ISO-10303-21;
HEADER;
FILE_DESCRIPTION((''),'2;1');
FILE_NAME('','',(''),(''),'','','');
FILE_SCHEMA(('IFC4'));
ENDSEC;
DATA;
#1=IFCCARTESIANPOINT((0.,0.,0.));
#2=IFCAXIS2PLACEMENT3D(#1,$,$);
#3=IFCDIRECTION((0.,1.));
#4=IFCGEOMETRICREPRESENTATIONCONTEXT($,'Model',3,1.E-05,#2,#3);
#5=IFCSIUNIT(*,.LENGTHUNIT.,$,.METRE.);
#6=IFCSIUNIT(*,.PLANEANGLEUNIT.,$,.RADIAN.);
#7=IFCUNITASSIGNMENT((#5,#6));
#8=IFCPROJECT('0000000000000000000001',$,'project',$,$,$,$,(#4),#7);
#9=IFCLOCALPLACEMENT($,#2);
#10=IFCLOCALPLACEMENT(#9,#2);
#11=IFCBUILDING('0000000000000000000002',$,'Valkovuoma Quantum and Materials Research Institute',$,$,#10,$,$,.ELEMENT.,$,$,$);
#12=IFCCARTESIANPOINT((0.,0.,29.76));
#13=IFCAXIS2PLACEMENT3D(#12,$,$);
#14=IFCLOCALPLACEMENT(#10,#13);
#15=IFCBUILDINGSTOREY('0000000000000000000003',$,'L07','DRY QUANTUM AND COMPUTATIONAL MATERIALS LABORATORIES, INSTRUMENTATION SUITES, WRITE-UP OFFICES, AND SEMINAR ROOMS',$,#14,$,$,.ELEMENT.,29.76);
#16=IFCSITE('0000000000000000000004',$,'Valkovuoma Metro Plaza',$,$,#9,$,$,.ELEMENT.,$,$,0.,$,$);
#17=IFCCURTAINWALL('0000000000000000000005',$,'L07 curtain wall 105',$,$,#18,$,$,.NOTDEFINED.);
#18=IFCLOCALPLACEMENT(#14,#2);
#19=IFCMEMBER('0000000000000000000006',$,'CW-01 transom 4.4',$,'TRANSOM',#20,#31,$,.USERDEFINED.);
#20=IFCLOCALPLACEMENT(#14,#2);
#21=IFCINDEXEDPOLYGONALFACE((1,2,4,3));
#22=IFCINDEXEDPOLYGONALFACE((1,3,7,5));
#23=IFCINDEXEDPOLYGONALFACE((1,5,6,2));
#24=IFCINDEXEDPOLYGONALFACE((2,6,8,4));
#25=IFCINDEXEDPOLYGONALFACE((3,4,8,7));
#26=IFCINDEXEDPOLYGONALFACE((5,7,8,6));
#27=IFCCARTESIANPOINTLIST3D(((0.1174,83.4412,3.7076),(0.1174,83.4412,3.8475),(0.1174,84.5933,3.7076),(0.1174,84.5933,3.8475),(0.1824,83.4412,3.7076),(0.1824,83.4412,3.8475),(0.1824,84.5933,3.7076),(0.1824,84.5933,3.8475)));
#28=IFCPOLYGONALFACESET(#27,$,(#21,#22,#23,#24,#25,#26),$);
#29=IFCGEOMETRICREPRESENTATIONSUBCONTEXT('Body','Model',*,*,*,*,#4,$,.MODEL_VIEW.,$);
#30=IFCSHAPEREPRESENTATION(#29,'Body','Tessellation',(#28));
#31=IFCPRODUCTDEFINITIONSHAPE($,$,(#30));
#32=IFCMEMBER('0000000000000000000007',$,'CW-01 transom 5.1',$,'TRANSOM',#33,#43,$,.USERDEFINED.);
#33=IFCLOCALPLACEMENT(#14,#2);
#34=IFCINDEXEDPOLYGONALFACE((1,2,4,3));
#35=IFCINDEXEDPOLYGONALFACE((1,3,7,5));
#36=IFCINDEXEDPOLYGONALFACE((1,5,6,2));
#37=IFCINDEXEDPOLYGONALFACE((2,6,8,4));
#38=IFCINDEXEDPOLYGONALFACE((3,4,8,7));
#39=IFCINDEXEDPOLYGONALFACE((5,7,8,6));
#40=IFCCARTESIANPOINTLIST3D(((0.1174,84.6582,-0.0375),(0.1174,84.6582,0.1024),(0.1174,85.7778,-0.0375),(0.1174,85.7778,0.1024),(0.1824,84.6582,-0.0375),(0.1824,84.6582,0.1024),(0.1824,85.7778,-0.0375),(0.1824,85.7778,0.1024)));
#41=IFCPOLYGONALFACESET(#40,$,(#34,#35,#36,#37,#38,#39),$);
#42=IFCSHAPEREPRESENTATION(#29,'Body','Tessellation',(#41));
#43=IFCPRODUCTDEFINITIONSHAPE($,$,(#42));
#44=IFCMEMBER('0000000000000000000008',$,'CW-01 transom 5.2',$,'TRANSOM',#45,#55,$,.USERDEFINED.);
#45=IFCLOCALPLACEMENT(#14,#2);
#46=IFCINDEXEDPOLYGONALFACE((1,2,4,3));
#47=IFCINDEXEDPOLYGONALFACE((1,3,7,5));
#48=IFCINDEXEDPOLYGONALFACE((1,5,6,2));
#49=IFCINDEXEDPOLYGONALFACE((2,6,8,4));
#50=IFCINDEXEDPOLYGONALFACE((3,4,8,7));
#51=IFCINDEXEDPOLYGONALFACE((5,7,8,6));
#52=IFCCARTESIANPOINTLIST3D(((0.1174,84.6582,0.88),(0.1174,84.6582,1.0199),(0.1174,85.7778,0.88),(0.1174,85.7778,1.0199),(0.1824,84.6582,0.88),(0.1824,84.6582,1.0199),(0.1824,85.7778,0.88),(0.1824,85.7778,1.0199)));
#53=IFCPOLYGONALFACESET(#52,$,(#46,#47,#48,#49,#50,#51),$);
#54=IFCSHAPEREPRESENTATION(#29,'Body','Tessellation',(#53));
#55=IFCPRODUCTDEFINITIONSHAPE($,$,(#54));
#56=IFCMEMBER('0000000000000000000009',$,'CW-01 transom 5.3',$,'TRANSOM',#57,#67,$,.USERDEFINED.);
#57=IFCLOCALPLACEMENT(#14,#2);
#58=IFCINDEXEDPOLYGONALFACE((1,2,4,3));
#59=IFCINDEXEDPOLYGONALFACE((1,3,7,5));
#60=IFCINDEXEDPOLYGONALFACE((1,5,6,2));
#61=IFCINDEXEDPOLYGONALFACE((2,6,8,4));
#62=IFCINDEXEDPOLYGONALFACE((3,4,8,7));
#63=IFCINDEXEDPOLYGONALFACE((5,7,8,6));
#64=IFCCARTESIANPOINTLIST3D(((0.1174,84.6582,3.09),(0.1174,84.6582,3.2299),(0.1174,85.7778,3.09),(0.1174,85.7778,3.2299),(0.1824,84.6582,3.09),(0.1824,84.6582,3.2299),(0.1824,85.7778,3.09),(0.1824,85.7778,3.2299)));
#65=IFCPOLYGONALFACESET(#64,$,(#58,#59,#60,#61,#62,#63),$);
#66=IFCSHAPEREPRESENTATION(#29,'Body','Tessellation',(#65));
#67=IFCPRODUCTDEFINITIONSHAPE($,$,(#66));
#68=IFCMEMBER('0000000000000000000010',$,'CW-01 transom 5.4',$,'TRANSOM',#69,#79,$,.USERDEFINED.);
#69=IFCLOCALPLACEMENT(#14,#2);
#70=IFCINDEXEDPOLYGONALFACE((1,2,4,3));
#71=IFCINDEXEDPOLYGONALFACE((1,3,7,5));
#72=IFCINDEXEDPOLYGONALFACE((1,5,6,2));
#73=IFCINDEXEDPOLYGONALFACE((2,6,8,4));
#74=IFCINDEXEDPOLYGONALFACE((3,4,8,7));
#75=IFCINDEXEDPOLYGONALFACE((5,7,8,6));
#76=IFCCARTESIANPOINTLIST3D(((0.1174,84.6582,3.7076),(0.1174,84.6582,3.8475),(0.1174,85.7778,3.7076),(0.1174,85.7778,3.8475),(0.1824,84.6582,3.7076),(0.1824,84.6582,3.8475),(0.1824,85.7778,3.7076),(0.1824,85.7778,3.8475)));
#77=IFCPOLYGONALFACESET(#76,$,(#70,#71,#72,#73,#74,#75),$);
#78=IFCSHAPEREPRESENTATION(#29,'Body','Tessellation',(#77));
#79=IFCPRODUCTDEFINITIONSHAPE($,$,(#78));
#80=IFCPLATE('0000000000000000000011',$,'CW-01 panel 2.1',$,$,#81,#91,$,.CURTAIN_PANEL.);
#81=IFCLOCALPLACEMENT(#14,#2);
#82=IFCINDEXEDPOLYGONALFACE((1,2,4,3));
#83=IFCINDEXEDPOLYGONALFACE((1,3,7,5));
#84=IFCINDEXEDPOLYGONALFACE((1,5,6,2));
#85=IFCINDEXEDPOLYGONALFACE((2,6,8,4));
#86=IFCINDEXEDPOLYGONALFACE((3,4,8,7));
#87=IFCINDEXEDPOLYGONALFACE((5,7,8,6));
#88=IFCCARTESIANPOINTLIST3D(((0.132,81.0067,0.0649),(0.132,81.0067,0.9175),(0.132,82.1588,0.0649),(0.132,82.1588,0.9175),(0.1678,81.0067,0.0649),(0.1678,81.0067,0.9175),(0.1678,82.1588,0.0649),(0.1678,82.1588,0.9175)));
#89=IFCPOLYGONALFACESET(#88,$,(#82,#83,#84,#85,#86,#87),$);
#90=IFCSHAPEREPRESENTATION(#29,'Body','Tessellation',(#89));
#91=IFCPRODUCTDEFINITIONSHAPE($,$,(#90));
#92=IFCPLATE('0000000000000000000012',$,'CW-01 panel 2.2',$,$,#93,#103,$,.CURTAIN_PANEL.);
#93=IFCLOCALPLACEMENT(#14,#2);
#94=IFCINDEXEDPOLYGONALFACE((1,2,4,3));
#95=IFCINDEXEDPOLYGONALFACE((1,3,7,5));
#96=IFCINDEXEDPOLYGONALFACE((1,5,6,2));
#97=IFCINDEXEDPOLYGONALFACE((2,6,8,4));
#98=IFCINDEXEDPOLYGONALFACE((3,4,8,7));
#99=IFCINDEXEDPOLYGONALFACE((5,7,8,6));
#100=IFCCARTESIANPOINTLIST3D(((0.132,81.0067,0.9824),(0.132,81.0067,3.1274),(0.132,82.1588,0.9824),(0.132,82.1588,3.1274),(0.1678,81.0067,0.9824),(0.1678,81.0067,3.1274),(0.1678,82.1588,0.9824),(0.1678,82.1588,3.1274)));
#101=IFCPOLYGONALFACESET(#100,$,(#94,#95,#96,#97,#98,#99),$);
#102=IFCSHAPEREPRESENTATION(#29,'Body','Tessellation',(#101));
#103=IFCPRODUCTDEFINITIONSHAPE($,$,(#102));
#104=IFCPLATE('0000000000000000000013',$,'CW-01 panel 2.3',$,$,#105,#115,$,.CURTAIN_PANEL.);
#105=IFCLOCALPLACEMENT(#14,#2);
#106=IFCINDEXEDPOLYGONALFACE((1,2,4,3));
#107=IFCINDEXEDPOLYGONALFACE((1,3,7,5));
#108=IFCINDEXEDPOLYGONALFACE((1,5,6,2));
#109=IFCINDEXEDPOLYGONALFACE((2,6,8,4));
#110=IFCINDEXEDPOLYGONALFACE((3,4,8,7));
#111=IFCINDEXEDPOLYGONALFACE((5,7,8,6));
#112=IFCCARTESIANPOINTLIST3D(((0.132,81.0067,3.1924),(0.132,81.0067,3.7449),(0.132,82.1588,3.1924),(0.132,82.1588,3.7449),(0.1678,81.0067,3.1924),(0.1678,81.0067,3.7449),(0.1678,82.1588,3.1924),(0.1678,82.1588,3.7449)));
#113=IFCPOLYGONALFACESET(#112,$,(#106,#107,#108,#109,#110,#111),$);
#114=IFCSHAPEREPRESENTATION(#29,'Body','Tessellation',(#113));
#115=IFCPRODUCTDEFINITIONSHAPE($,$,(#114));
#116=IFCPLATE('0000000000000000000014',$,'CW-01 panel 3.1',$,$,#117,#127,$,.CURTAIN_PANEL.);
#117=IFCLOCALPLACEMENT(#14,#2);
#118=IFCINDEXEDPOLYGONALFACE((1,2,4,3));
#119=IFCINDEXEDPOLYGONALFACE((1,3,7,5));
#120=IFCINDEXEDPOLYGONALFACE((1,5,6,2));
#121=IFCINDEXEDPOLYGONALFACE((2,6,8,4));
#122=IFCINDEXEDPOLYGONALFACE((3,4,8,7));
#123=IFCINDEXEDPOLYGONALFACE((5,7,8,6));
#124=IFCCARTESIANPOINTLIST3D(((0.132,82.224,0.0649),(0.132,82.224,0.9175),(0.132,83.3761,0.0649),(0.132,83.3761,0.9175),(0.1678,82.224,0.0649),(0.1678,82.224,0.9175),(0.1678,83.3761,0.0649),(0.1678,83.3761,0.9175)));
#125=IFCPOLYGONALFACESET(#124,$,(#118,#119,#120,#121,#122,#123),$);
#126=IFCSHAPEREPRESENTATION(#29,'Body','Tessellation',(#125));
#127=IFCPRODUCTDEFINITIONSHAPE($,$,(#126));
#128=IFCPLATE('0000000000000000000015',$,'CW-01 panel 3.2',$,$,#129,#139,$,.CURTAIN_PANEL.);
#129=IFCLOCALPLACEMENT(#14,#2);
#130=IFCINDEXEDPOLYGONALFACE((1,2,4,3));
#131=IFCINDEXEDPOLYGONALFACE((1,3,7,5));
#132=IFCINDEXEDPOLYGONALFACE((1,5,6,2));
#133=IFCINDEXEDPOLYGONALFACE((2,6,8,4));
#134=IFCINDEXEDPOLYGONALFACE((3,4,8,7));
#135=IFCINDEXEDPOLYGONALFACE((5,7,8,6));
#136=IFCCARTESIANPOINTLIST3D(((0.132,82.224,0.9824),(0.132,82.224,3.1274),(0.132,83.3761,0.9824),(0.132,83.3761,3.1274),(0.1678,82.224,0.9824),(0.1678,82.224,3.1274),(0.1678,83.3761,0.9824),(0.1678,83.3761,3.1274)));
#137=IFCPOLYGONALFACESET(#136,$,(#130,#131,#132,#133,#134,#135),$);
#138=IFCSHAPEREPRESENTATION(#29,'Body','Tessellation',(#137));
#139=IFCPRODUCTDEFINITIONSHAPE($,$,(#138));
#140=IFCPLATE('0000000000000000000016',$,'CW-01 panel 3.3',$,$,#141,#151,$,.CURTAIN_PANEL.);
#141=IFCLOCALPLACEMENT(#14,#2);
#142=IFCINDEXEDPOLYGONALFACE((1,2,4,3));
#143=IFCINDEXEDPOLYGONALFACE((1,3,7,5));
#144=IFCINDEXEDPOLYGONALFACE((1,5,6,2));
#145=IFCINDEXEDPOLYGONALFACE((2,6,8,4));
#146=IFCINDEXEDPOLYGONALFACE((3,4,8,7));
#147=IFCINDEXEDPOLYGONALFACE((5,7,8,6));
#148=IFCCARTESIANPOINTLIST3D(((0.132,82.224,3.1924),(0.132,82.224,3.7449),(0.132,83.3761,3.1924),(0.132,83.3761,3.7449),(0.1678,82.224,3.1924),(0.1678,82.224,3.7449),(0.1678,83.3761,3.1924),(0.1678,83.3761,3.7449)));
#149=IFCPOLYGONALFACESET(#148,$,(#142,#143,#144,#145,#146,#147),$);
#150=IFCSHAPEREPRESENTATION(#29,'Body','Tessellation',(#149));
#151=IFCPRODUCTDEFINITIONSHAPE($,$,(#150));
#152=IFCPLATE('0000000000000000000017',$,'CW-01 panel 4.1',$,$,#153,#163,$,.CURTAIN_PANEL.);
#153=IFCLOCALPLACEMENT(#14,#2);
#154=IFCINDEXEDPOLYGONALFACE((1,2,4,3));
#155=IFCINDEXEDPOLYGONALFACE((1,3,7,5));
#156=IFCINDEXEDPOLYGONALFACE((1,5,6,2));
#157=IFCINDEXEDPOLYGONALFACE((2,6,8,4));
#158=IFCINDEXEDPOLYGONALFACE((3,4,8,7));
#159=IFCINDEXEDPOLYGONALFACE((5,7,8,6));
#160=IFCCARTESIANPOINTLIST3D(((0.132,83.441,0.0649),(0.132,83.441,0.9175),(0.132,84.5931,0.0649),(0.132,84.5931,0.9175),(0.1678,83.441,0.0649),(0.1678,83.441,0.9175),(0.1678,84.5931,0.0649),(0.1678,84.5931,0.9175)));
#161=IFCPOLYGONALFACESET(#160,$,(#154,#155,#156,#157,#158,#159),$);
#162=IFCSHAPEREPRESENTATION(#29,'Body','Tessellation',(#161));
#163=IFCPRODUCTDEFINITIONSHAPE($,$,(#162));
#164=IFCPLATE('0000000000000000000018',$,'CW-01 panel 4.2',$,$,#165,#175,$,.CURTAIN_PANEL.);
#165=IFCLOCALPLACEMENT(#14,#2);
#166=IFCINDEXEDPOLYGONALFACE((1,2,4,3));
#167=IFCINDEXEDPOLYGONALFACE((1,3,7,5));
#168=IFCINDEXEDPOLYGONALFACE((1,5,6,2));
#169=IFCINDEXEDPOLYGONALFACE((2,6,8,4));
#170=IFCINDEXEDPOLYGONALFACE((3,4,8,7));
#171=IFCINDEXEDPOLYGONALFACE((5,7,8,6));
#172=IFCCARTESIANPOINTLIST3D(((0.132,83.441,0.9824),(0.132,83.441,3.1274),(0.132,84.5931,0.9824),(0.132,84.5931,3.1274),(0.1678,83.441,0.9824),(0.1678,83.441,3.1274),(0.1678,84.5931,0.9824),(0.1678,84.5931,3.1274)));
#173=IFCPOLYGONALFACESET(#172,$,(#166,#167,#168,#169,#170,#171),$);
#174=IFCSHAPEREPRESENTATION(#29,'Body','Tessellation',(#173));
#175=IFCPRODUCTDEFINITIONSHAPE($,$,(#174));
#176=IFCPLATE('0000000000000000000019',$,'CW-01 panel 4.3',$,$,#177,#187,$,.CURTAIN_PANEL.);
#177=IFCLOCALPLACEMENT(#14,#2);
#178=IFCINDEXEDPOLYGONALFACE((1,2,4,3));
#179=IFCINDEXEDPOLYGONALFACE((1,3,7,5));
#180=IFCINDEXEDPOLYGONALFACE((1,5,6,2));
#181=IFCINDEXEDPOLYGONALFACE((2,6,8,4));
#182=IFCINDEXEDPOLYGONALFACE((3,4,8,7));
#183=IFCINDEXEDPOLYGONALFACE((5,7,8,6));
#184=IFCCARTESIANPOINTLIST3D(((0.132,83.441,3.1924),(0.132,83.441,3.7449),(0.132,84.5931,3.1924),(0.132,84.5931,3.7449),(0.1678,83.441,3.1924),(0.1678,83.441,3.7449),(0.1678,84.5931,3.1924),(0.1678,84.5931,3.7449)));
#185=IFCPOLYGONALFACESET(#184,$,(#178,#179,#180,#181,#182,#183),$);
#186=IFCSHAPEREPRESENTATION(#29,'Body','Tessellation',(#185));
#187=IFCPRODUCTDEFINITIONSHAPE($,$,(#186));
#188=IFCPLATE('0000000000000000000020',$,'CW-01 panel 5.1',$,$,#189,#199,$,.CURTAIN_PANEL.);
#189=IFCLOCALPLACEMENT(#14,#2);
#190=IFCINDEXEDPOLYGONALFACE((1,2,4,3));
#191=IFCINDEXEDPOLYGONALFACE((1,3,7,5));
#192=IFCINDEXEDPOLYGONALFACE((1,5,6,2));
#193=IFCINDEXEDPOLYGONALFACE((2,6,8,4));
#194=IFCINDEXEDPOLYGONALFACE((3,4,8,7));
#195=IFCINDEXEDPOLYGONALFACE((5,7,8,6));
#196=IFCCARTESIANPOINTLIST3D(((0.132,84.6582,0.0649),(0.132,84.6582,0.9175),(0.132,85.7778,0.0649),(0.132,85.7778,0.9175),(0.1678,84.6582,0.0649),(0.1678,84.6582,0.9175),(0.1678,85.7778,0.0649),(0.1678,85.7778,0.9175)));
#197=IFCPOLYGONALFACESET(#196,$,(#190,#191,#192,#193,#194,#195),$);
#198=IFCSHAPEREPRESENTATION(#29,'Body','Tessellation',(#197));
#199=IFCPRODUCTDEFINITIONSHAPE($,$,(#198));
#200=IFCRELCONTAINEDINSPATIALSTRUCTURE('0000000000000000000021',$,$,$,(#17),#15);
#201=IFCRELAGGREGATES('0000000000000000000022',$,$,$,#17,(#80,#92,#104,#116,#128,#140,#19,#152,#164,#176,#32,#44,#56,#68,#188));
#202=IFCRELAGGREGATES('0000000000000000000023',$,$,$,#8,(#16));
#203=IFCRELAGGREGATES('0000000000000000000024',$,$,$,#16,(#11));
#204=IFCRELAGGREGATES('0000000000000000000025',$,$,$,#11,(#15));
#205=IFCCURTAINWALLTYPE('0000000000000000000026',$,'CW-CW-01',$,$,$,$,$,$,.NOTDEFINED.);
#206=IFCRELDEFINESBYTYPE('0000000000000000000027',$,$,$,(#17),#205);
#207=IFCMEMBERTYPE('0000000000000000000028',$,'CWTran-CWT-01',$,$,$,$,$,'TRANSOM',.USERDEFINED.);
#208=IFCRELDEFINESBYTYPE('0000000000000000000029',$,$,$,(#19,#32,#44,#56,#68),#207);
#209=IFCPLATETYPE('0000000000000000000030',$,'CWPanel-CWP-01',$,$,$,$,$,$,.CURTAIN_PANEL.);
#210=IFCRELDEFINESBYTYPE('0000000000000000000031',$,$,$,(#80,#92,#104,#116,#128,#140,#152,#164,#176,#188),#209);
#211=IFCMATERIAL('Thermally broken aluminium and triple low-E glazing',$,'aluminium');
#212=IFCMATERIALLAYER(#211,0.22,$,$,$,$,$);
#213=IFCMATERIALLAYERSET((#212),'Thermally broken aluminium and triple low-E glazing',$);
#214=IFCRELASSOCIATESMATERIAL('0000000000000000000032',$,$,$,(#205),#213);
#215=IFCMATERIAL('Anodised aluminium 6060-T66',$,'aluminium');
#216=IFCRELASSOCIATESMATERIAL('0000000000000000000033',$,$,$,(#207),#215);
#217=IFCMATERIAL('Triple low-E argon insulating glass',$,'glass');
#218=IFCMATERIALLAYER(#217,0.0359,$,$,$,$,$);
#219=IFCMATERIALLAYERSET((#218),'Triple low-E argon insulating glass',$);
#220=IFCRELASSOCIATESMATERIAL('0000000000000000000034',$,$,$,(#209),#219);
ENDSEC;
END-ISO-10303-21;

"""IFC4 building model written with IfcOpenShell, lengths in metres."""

from ifc_helpers import new_model, si_unit, direction, frame, origin, origin_2d, place, context, subcontext, project, spatial, rectangle, extrude, material, layer, layer_set, material_profile, profile_set, type_object, element, aggregate, save


model = new_model("IFC4")

# Units and contexts
model_context = context("Model", 3, precision=1e-05, world=origin(), true_north=direction((0.0, 1.0)))
body_context = subcontext(model_context, "Body", "Model", "MODEL_VIEW")
ifc_project = project(units=[si_unit("LENGTHUNIT", "METRE"), si_unit("PLANEANGLEUNIT", "RADIAN")], contexts=[model_context])

# Site, building, storey
site_placement = place(None, origin())
site = spatial("IfcSite", under=ifc_project, at=site_placement, Name="Valkovuoma Metro Plaza", CompositionType="ELEMENT", RefElevation=0.0)
building_placement = place(site_placement, origin())
building = spatial("IfcBuilding", under=site, at=building_placement, Name="Valkovuoma Quantum and Materials Research Institute", CompositionType="ELEMENT")
storey_placement = place(building_placement, frame((0.0, 0.0, 29.76)))
storey = spatial("IfcBuildingStorey", under=building, at=storey_placement, Name="L07", Description="DRY QUANTUM AND COMPUTATIONAL MATERIALS LABORATORIES, INSTRUMENTATION SUITES, WRITE-UP OFFICES, AND SEMINAR ROOMS", CompositionType="ELEMENT", Elevation=29.76)

# Curtain wall, members, plates
ifc_material_1 = material(Name="Thermally broken aluminium and triple low-E glazing", Category="aluminium")
ifc_layer_1 = layer(ifc_material_1, 0.22)
ifc_layer_set_1 = layer_set([ifc_layer_1], Name="Thermally broken aluminium and triple low-E glazing")
curtain_wall_type = type_object("IfcCurtainWallType", Name="CW-CW-01", PredefinedType="NOTDEFINED", material=ifc_layer_set_1)
curtain_wall_placement = place(storey_placement, origin())
curtain_wall = element("IfcCurtainWall", 1, at=curtain_wall_placement, inside=storey, type_object=curtain_wall_type, Name="L07 curtain wall 105", PredefinedType="NOTDEFINED")
ifc_material_2 = material(Name="Anodised aluminium 6060-T66", Category="aluminium")
ifc_material_profile_1 = material_profile(ifc_material_2, rectangle(XDim=0.0649, YDim=0.1399, at=origin_2d()), Name="Anodised aluminium 6060-T66")
ifc_profile_set_1 = profile_set([ifc_material_profile_1], Name="Anodised aluminium 6060-T66")
member_type_1 = type_object("IfcMemberType", Name="CWTran-CWT-01", ElementType="TRANSOM", PredefinedType="USERDEFINED", material=ifc_profile_set_1)
member_1_placement = place(storey_placement, frame((0.1499, 83.4412, 3.7776), z_axis=(0.0, 1.0, 0.0), x_axis=(-1.0, 0.0, 0.0)))
member_1 = element("IfcMember", 2, at=member_1_placement, type_object=member_type_1, Name="CW-01 transom 4.4", ObjectType="TRANSOM", PredefinedType="USERDEFINED", context=body_context, shape_type="SweptSolid", body=[
    extrude(rectangle(XDim=0.0649, YDim=0.1399, at=origin_2d()), origin(), (0.0, 0.0, 1.0), 1.1521),
])
member_2_placement = place(storey_placement, frame((0.1499, 84.6582, 0.0325), z_axis=(0.0, 1.0, 0.0), x_axis=(-1.0, 0.0, 0.0)))
member_2 = element("IfcMember", 3, at=member_2_placement, type_object=member_type_1, Name="CW-01 transom 5.1", ObjectType="TRANSOM", PredefinedType="USERDEFINED", context=body_context, shape_type="SweptSolid", body=[
    extrude(rectangle(XDim=0.0649, YDim=0.1399, at=origin_2d()), origin(), (0.0, 0.0, 1.0), 1.1196),
])
member_3_placement = place(storey_placement, frame((0.1499, 84.6582, 0.95), z_axis=(0.0, 1.0, 0.0), x_axis=(-1.0, 0.0, 0.0)))
member_3 = element("IfcMember", 4, at=member_3_placement, type_object=member_type_1, Name="CW-01 transom 5.2", ObjectType="TRANSOM", PredefinedType="USERDEFINED", context=body_context, shape_type="SweptSolid", body=[
    extrude(rectangle(XDim=0.0649, YDim=0.1399, at=origin_2d()), origin(), (0.0, 0.0, 1.0), 1.1196),
])
member_4_placement = place(storey_placement, frame((0.1499, 84.6582, 3.1599), z_axis=(0.0, 1.0, 0.0), x_axis=(-1.0, 0.0, 0.0)))
member_4 = element("IfcMember", 5, at=member_4_placement, type_object=member_type_1, Name="CW-01 transom 5.3", ObjectType="TRANSOM", PredefinedType="USERDEFINED", context=body_context, shape_type="SweptSolid", body=[
    extrude(rectangle(XDim=0.0649, YDim=0.1399, at=origin_2d()), origin(), (0.0, 0.0, 1.0), 1.1196),
])
member_5_placement = place(storey_placement, frame((0.1499, 84.6582, 3.7776), z_axis=(0.0, 1.0, 0.0), x_axis=(-1.0, 0.0, 0.0)))
member_5 = element("IfcMember", 6, at=member_5_placement, type_object=member_type_1, Name="CW-01 transom 5.4", ObjectType="TRANSOM", PredefinedType="USERDEFINED", context=body_context, shape_type="SweptSolid", body=[
    extrude(rectangle(XDim=0.0649, YDim=0.1399, at=origin_2d()), origin(), (0.0, 0.0, 1.0), 1.1196),
])
ifc_material_3 = material(Name="Triple low-E argon insulating glass", Category="glass")
ifc_layer_2 = layer(ifc_material_3, 0.0359)
ifc_layer_set_2 = layer_set([ifc_layer_2], Name="Triple low-E argon insulating glass")
plate_type = type_object("IfcPlateType", Name="CWPanel-CWP-01", PredefinedType="CURTAIN_PANEL", material=ifc_layer_set_2)
plate_1_placement = place(storey_placement, frame((0.1499, 81.5828, 0.0649), z_axis=(0.0, 0.0, 1.0), x_axis=(0.0, 1.0, 0.0)))
plate_1 = element("IfcPlate", 7, at=plate_1_placement, type_object=plate_type, Name="CW-01 panel 2.1", PredefinedType="CURTAIN_PANEL", context=body_context, shape_type="SweptSolid", body=[
    extrude(rectangle(XDim=1.1521, YDim=0.0359, at=origin_2d()), origin(), (0.0, 0.0, 1.0), 0.8525),
])
plate_2_placement = place(storey_placement, frame((0.1499, 81.5828, 0.9824), z_axis=(0.0, 0.0, 1.0), x_axis=(0.0, 1.0, 0.0)))
plate_2 = element("IfcPlate", 8, at=plate_2_placement, type_object=plate_type, Name="CW-01 panel 2.2", PredefinedType="CURTAIN_PANEL", context=body_context, shape_type="SweptSolid", body=[
    extrude(rectangle(XDim=1.1521, YDim=0.0359, at=origin_2d()), origin(), (0.0, 0.0, 1.0), 2.145),
])
plate_3_placement = place(storey_placement, frame((0.1499, 81.5828, 3.1924), z_axis=(0.0, 0.0, 1.0), x_axis=(0.0, 1.0, 0.0)))
plate_3 = element("IfcPlate", 9, at=plate_3_placement, type_object=plate_type, Name="CW-01 panel 2.3", PredefinedType="CURTAIN_PANEL", context=body_context, shape_type="SweptSolid", body=[
    extrude(rectangle(XDim=1.1521, YDim=0.0359, at=origin_2d()), origin(), (0.0, 0.0, 1.0), 0.5525),
])
plate_4_placement = place(storey_placement, frame((0.1499, 82.8, 0.0649), z_axis=(0.0, 0.0, 1.0), x_axis=(0.0, 1.0, 0.0)))
plate_4 = element("IfcPlate", 10, at=plate_4_placement, type_object=plate_type, Name="CW-01 panel 3.1", PredefinedType="CURTAIN_PANEL", context=body_context, shape_type="SweptSolid", body=[
    extrude(rectangle(XDim=1.1521, YDim=0.0359, at=origin_2d()), origin(), (0.0, 0.0, 1.0), 0.8525),
])
plate_5_placement = place(storey_placement, frame((0.1499, 82.8, 0.9824), z_axis=(0.0, 0.0, 1.0), x_axis=(0.0, 1.0, 0.0)))
plate_5 = element("IfcPlate", 11, at=plate_5_placement, type_object=plate_type, Name="CW-01 panel 3.2", PredefinedType="CURTAIN_PANEL", context=body_context, shape_type="SweptSolid", body=[
    extrude(rectangle(XDim=1.1521, YDim=0.0359, at=origin_2d()), origin(), (0.0, 0.0, 1.0), 2.145),
])
plate_6_placement = place(storey_placement, frame((0.1499, 82.8, 3.1924), z_axis=(0.0, 0.0, 1.0), x_axis=(0.0, 1.0, 0.0)))
plate_6 = element("IfcPlate", 12, at=plate_6_placement, type_object=plate_type, Name="CW-01 panel 3.3", PredefinedType="CURTAIN_PANEL", context=body_context, shape_type="SweptSolid", body=[
    extrude(rectangle(XDim=1.1521, YDim=0.0359, at=origin_2d()), origin(), (0.0, 0.0, 1.0), 0.5525),
])
plate_7_placement = place(storey_placement, frame((0.1499, 84.0171, 0.0649), z_axis=(0.0, 0.0, 1.0), x_axis=(0.0, 1.0, 0.0)))
plate_7 = element("IfcPlate", 13, at=plate_7_placement, type_object=plate_type, Name="CW-01 panel 4.1", PredefinedType="CURTAIN_PANEL", context=body_context, shape_type="SweptSolid", body=[
    extrude(rectangle(XDim=1.1521, YDim=0.0359, at=origin_2d()), origin(), (0.0, 0.0, 1.0), 0.8525),
])
plate_8_placement = place(storey_placement, frame((0.1499, 84.0171, 0.9824), z_axis=(0.0, 0.0, 1.0), x_axis=(0.0, 1.0, 0.0)))
plate_8 = element("IfcPlate", 14, at=plate_8_placement, type_object=plate_type, Name="CW-01 panel 4.2", PredefinedType="CURTAIN_PANEL", context=body_context, shape_type="SweptSolid", body=[
    extrude(rectangle(XDim=1.1521, YDim=0.0359, at=origin_2d()), origin(), (0.0, 0.0, 1.0), 2.145),
])
plate_9_placement = place(storey_placement, frame((0.1499, 84.0171, 3.1924), z_axis=(0.0, 0.0, 1.0), x_axis=(0.0, 1.0, 0.0)))
plate_9 = element("IfcPlate", 15, at=plate_9_placement, type_object=plate_type, Name="CW-01 panel 4.3", PredefinedType="CURTAIN_PANEL", context=body_context, shape_type="SweptSolid", body=[
    extrude(rectangle(XDim=1.1521, YDim=0.0359, at=origin_2d()), origin(), (0.0, 0.0, 1.0), 0.5525),
])
plate_10_placement = place(storey_placement, frame((0.1499, 85.218, 0.0649), z_axis=(0.0, 0.0, 1.0), x_axis=(0.0, 1.0, 0.0)))
plate_10 = element("IfcPlate", 16, at=plate_10_placement, type_object=plate_type, Name="CW-01 panel 5.1", PredefinedType="CURTAIN_PANEL", context=body_context, shape_type="SweptSolid", body=[
    extrude(rectangle(XDim=1.1196, YDim=0.0359, at=origin_2d()), origin(), (0.0, 0.0, 1.0), 0.8525),
])
aggregate(curtain_wall, [plate_1, plate_2, plate_3, plate_4, plate_5, plate_6, member_1, plate_7, plate_8, plate_9, member_2, member_3, member_4, member_5, plate_10])

save(model, "model.ifc")
